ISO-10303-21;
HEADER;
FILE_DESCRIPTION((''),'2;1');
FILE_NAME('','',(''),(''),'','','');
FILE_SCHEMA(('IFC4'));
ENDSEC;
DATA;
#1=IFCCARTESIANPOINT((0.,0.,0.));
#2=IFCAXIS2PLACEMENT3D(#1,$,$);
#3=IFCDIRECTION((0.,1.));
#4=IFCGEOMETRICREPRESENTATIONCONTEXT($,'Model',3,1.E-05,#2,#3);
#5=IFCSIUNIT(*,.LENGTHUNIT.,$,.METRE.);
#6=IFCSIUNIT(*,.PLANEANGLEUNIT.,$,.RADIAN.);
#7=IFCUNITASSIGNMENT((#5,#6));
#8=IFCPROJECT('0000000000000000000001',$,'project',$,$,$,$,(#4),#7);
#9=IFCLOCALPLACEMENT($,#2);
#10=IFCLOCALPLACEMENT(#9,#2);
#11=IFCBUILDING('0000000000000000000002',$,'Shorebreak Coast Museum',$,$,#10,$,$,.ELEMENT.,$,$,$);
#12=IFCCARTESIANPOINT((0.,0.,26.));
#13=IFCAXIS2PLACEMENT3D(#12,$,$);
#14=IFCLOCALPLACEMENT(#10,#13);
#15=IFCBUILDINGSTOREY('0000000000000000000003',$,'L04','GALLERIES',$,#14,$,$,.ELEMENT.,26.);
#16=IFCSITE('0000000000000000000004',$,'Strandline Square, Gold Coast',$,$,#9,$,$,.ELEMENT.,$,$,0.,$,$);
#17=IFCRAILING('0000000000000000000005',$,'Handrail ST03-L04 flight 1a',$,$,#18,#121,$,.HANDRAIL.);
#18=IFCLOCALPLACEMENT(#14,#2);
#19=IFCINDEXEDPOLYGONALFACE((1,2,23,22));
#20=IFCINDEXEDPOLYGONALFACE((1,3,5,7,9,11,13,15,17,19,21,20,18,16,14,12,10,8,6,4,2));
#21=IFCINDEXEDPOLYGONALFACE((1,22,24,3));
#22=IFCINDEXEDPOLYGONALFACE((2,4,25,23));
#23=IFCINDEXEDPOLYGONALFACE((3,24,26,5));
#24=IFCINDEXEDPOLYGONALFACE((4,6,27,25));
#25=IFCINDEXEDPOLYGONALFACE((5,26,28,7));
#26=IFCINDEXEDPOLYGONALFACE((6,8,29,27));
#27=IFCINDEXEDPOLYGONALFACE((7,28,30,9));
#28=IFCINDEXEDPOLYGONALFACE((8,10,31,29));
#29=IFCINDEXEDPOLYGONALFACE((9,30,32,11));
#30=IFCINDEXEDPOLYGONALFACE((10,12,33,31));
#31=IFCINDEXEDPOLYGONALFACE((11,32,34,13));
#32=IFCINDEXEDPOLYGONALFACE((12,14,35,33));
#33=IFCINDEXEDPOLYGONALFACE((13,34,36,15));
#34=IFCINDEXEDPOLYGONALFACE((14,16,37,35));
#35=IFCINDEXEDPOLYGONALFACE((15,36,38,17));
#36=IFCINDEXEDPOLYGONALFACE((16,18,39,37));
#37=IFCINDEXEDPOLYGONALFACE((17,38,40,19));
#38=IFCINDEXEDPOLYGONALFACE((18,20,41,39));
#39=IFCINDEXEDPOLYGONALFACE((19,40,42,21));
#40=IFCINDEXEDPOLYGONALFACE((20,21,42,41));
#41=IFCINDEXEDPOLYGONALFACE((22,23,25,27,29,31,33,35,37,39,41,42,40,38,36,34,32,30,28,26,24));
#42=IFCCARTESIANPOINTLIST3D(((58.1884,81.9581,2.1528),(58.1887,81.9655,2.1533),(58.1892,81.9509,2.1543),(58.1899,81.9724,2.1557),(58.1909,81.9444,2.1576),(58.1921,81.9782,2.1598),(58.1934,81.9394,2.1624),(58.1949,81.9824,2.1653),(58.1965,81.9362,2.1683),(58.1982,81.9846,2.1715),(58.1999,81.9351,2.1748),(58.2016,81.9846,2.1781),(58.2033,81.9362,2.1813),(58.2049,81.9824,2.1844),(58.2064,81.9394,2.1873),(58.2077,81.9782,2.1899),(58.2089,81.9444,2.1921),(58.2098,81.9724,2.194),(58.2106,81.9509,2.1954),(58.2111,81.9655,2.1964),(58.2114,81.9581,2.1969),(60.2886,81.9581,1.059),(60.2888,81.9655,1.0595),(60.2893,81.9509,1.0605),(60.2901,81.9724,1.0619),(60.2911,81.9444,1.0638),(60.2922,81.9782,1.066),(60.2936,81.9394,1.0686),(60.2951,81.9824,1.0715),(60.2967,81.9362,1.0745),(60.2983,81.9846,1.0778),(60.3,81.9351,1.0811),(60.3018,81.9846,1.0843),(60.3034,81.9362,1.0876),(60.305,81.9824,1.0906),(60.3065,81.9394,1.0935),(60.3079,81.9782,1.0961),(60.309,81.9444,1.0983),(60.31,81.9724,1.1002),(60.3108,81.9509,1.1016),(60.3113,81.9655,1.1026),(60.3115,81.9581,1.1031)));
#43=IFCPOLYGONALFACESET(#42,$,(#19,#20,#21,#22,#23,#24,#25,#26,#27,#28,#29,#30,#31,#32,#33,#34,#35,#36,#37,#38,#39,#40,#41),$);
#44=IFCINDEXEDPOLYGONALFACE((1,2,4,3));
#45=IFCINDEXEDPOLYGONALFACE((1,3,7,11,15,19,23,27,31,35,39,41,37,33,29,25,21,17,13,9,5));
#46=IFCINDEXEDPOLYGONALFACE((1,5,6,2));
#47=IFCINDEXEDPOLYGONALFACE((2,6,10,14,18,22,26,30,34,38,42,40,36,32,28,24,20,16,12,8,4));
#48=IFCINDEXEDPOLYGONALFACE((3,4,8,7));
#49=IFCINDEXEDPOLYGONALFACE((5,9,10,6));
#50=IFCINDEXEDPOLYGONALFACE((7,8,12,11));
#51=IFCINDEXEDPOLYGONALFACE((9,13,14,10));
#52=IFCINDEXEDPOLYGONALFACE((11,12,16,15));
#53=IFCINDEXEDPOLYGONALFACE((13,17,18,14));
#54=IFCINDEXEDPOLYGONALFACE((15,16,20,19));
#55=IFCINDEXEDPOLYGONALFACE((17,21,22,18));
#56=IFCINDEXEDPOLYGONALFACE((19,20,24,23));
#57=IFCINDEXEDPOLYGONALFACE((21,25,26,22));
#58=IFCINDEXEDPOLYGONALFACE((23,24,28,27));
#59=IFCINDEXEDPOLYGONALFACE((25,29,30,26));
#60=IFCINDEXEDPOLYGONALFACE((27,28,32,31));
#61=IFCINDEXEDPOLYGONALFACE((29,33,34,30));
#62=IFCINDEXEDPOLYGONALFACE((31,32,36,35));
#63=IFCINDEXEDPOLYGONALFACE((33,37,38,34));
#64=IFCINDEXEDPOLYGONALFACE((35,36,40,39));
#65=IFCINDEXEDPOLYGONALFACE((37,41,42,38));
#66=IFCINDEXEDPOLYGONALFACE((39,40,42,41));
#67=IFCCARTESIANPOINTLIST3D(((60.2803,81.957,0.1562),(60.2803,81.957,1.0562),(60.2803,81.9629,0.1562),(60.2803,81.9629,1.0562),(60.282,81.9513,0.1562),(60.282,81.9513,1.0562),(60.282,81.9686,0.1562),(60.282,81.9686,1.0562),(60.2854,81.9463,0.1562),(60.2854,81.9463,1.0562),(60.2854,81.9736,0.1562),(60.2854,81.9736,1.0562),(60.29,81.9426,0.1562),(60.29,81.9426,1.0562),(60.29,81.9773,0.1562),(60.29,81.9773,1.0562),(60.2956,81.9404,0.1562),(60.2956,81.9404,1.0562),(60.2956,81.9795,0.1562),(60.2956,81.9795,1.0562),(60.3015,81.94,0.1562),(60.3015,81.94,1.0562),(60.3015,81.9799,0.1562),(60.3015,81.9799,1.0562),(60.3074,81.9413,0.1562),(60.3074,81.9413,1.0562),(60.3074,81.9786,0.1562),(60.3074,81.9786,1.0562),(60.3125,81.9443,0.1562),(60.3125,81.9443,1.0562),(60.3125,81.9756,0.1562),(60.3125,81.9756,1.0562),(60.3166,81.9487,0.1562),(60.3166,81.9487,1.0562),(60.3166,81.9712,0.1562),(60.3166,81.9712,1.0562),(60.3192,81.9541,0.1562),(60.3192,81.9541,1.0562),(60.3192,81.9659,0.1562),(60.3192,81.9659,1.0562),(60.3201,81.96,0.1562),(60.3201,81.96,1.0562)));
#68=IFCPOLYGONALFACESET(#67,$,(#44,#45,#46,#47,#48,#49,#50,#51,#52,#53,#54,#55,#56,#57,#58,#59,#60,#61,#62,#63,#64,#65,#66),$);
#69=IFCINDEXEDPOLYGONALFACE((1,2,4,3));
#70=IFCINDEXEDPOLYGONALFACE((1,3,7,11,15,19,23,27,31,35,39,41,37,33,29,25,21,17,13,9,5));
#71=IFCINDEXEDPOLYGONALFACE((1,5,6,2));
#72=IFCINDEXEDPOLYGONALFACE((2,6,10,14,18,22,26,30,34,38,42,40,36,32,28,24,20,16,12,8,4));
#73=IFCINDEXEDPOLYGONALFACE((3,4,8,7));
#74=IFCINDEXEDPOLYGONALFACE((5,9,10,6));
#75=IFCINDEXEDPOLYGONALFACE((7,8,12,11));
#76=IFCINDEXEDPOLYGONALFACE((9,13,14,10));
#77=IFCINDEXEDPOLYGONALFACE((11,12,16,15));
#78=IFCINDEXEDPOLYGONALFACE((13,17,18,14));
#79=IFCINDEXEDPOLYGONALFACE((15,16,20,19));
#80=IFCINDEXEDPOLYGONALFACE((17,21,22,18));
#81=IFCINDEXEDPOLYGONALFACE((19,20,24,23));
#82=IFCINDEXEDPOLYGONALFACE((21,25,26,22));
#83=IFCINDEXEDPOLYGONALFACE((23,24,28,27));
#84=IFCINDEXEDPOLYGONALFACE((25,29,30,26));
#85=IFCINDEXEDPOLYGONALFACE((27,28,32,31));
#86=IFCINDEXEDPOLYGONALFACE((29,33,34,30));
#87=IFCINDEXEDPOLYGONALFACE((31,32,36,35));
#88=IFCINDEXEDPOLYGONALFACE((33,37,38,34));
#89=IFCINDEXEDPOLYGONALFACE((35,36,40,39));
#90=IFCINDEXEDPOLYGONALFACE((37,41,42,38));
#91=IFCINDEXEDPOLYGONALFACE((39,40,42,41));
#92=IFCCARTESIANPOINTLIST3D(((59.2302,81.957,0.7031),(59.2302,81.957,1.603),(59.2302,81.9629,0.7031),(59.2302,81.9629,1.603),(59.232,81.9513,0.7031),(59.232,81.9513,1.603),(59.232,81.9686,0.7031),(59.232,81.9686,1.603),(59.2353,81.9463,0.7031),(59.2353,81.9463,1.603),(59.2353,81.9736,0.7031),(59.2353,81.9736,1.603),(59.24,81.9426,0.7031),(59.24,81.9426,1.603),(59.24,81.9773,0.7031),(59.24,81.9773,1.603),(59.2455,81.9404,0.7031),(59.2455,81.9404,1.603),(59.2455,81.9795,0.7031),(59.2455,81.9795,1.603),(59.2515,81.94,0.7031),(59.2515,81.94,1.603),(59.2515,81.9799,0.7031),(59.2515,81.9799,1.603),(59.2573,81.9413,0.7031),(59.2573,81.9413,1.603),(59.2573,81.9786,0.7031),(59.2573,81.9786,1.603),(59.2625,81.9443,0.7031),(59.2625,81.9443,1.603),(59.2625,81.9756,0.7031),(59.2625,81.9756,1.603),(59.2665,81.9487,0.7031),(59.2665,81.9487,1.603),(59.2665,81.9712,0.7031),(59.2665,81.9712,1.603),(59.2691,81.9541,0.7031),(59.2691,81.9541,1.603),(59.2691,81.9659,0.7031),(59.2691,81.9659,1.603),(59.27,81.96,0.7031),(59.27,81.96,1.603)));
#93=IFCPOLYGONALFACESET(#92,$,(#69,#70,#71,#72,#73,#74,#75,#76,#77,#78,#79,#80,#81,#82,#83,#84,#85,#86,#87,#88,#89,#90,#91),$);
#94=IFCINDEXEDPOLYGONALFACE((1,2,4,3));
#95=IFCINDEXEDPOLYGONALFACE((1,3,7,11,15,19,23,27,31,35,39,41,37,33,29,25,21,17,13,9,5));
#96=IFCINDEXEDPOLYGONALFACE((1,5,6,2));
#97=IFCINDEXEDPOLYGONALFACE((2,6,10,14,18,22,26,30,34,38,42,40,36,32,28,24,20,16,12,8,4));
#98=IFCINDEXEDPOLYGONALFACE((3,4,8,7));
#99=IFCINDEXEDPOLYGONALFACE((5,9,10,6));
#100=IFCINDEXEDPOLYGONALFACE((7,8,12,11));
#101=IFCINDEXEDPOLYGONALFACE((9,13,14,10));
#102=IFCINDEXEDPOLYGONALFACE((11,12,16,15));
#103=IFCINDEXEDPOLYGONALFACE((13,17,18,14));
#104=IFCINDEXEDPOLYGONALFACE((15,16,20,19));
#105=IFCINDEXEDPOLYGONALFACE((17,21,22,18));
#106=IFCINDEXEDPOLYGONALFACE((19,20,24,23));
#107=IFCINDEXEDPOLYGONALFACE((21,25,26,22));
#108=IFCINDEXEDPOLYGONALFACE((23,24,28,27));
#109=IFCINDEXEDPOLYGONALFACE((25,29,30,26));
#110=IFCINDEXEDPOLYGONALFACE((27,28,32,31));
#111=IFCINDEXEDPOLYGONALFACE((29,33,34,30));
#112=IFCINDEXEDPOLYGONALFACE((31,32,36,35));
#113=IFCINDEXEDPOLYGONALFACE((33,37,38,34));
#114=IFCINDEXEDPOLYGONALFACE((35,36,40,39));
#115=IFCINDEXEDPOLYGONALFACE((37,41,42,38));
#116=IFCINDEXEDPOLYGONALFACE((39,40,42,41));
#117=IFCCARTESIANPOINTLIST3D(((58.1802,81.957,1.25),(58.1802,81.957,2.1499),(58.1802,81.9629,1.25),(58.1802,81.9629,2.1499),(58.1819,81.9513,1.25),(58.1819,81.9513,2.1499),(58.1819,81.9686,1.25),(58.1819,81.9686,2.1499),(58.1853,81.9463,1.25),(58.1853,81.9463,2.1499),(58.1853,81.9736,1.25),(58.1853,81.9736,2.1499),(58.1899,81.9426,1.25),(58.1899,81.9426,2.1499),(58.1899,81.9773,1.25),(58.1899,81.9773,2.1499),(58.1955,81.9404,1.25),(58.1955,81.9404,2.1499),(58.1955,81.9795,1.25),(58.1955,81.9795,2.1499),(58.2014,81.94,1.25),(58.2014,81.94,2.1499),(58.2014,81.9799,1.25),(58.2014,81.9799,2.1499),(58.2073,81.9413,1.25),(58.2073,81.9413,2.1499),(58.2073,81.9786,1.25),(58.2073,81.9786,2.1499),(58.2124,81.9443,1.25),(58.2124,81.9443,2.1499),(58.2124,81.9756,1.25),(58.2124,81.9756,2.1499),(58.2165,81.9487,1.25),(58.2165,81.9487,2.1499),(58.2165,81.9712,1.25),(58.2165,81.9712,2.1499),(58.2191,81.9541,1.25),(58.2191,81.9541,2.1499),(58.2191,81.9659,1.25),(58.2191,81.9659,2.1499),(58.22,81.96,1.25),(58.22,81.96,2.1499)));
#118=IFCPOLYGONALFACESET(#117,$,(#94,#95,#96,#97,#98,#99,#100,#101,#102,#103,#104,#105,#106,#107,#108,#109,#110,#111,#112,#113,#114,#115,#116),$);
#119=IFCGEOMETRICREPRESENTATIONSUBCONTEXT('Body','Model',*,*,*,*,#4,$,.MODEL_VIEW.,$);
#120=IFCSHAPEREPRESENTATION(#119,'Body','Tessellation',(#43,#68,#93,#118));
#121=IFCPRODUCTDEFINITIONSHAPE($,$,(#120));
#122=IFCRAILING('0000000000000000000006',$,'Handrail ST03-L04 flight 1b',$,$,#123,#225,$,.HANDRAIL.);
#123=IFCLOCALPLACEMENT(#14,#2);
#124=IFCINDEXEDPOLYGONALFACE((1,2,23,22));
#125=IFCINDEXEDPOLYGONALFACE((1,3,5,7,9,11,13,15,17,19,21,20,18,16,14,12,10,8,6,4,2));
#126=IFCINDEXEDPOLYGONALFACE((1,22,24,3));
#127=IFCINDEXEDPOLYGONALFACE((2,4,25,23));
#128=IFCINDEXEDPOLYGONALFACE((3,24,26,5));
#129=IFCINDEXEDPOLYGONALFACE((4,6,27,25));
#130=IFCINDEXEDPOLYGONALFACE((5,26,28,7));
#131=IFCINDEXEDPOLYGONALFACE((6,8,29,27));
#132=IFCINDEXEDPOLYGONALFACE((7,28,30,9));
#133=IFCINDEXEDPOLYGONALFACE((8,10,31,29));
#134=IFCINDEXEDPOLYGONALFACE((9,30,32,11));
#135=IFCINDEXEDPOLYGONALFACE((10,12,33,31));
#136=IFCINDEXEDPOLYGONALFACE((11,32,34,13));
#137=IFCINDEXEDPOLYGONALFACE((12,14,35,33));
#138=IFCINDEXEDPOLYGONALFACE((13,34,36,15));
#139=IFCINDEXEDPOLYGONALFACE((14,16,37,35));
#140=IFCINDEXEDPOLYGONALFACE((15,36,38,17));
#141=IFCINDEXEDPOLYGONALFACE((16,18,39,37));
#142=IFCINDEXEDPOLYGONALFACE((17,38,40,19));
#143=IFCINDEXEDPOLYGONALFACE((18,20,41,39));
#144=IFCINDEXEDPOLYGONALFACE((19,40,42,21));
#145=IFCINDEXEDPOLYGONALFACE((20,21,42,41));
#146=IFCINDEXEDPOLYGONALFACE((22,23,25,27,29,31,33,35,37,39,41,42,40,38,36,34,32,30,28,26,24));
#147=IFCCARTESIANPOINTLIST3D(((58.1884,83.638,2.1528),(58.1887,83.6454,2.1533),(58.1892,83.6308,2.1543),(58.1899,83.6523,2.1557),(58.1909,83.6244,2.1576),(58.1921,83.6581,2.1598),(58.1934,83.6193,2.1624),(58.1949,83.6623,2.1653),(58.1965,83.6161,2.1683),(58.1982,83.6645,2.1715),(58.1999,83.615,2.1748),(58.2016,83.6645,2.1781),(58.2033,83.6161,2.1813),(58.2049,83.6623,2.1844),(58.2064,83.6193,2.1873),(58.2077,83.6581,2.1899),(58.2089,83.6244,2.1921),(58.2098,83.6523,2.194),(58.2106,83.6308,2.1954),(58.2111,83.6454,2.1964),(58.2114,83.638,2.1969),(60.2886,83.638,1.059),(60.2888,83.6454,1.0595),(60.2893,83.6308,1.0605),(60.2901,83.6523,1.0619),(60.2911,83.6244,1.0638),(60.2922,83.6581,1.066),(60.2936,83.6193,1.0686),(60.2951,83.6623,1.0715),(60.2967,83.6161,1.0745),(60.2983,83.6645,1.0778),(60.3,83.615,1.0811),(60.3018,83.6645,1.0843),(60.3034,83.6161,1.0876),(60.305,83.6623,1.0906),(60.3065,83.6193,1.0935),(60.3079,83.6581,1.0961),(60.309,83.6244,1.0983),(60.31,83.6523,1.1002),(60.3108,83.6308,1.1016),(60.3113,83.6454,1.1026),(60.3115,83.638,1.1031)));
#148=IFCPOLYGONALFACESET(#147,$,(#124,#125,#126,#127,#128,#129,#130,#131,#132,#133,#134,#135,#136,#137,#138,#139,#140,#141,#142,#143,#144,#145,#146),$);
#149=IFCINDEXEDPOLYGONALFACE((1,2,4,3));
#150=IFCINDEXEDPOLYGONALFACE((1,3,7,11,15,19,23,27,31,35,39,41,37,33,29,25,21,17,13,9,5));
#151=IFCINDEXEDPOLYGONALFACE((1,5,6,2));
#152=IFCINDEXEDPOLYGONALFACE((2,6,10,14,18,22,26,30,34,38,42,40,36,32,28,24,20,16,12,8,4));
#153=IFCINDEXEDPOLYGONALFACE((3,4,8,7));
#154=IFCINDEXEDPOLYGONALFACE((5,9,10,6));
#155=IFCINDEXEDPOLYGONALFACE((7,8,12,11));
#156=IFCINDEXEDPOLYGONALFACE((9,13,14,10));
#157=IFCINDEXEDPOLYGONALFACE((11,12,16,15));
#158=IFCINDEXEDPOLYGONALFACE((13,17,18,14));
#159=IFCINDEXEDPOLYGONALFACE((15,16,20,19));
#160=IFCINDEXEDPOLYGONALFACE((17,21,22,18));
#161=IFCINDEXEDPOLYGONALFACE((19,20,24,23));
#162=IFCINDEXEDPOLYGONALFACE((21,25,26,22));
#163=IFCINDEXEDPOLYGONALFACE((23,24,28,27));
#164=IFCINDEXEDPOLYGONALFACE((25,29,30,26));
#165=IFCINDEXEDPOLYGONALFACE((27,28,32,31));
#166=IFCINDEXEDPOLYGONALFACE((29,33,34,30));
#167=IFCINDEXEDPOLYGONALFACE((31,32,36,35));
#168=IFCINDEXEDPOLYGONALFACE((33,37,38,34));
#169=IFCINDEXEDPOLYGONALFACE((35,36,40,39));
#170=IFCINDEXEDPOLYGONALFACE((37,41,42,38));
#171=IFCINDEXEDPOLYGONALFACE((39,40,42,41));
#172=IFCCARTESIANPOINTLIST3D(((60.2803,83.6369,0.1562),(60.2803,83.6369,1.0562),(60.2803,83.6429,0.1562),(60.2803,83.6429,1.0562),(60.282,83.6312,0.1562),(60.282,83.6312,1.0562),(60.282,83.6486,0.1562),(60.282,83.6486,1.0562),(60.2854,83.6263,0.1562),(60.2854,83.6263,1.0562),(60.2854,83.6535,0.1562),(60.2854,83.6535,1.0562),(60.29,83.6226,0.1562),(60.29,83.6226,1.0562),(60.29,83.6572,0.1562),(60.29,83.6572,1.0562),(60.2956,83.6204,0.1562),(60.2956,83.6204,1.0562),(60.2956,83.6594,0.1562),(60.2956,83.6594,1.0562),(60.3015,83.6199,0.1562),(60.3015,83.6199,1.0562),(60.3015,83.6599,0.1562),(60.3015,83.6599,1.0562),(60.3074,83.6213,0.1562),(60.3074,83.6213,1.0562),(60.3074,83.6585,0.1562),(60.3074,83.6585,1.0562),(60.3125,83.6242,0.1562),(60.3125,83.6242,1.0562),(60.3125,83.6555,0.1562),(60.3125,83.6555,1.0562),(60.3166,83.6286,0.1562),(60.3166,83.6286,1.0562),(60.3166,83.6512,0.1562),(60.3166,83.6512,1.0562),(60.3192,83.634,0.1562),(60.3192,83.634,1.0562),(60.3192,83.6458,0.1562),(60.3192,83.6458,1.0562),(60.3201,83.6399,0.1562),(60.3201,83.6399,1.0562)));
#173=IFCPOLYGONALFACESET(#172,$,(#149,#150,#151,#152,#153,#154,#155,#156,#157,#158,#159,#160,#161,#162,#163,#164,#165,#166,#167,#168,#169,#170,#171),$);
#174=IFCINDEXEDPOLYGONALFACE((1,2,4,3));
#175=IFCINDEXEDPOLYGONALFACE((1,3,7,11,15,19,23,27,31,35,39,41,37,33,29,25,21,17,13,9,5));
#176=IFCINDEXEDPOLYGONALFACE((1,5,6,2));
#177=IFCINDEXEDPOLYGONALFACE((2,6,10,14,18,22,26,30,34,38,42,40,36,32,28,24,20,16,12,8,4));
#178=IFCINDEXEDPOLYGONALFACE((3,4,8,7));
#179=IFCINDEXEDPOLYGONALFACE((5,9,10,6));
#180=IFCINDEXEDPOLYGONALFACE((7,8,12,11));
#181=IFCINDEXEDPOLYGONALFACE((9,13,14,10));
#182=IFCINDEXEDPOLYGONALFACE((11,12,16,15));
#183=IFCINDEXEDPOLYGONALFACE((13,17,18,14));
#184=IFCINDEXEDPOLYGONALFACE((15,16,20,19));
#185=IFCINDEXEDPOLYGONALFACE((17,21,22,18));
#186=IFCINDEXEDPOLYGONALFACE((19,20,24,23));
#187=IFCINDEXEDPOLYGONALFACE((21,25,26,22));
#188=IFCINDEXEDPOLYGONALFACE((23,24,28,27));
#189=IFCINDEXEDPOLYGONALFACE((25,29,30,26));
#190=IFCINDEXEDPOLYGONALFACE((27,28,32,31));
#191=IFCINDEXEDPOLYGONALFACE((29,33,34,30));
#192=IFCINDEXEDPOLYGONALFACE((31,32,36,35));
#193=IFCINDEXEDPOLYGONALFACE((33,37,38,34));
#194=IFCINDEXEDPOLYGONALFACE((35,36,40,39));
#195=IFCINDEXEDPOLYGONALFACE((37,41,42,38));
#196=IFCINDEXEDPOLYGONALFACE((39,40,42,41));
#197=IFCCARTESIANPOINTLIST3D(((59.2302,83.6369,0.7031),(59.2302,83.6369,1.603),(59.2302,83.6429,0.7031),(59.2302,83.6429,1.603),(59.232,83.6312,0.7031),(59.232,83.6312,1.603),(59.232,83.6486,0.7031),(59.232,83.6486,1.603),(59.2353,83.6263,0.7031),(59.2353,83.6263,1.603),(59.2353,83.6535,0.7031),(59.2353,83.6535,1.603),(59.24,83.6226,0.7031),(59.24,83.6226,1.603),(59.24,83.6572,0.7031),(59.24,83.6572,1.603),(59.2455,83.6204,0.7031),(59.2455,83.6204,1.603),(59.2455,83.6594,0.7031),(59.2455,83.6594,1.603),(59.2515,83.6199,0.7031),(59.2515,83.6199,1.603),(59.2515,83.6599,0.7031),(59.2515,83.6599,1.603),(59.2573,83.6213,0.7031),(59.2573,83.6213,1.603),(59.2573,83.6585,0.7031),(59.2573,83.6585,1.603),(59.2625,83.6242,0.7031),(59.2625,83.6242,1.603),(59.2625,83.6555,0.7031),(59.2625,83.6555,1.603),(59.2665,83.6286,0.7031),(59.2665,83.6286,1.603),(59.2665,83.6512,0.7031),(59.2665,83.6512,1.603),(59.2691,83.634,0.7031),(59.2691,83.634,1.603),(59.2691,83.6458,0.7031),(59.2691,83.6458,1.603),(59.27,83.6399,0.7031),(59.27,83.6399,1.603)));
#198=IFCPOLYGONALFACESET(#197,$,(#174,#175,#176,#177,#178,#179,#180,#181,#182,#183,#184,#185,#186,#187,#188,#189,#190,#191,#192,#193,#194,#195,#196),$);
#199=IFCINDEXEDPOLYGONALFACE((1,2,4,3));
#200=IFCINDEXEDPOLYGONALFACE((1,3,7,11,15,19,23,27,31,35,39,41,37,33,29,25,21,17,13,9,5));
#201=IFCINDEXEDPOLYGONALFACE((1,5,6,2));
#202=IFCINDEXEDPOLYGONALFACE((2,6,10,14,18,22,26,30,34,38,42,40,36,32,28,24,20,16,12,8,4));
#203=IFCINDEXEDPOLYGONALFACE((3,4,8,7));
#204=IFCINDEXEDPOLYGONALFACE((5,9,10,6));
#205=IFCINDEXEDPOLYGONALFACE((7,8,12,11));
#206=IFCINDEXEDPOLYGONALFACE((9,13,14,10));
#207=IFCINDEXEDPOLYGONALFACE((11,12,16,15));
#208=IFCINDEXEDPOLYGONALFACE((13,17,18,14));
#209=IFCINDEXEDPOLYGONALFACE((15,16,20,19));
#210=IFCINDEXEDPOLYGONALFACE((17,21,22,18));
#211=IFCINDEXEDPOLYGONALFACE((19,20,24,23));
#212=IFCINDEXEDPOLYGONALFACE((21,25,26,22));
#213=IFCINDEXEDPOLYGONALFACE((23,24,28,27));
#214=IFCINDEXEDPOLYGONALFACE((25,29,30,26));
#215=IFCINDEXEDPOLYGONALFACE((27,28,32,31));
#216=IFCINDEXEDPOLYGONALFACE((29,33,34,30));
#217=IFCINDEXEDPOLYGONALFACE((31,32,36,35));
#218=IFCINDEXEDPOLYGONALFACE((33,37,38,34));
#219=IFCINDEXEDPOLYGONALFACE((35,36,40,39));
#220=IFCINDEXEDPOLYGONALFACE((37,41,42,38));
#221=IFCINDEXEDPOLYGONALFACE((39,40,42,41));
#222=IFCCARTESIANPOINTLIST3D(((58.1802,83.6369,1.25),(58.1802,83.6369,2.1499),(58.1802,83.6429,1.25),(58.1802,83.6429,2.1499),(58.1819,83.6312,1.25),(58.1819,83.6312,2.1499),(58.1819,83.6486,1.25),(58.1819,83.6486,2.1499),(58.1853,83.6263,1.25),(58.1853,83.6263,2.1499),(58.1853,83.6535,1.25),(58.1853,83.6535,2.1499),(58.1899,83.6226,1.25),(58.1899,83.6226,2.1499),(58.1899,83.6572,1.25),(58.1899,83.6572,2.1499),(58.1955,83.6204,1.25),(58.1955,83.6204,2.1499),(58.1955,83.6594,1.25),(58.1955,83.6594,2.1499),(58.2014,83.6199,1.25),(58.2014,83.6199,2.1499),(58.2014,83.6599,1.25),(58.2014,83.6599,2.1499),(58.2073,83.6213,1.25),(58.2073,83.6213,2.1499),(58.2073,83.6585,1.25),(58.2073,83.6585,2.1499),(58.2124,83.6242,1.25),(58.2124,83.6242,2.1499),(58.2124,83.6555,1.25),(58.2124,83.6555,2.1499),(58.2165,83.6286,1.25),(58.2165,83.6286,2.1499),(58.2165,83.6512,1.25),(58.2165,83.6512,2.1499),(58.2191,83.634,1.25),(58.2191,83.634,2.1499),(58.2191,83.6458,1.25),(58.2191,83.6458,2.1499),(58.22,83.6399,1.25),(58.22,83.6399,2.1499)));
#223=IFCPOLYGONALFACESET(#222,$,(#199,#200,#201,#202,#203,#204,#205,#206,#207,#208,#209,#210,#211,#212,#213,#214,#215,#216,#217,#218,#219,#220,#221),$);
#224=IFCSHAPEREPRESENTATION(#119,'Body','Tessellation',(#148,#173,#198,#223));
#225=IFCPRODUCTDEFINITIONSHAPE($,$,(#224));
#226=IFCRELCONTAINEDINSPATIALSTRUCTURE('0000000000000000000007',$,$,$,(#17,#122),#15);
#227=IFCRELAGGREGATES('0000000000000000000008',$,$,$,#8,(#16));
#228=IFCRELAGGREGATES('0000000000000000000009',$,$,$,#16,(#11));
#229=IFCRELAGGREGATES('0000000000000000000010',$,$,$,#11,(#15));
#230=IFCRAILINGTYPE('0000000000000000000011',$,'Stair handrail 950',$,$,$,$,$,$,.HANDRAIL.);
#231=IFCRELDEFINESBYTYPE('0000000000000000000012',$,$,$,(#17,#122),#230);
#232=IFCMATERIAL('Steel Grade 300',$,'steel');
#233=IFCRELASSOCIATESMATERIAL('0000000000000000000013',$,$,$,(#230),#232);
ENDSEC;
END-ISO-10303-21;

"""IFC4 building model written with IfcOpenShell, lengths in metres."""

from ifc_helpers import new_model, si_unit, direction, frame, origin, origin_2d, place, context, subcontext, project, spatial, circle, extrude, material, type_object, element, save


model = new_model("IFC4")

# Units and contexts
model_context = context("Model", 3, precision=1e-05, world=origin(), true_north=direction((0.0, 1.0)))
body_context = subcontext(model_context, "Body", "Model", "MODEL_VIEW")
ifc_project = project(units=[si_unit("LENGTHUNIT", "METRE"), si_unit("PLANEANGLEUNIT", "RADIAN")], contexts=[model_context])

# Site, building, storey
site_placement = place(None, origin())
site = spatial("IfcSite", under=ifc_project, at=site_placement, Name="Strandline Square, Gold Coast", CompositionType="ELEMENT", RefElevation=0.0)
building_placement = place(site_placement, origin())
building = spatial("IfcBuilding", under=site, at=building_placement, Name="Shorebreak Coast Museum", CompositionType="ELEMENT")
storey_placement = place(building_placement, frame((0.0, 0.0, 26.0)))
storey = spatial("IfcBuildingStorey", under=building, at=storey_placement, Name="L04", Description="GALLERIES", CompositionType="ELEMENT", Elevation=26.0)

# Railings
ifc_material_1 = material(Name="Steel Grade 300", Category="steel")
railing_type_1 = type_object("IfcRailingType", Name="Stair handrail 950", PredefinedType="HANDRAIL", material=ifc_material_1)
for number, where, name in (
    (1, (60.3, 81.96, 0.1562), "Handrail ST03-L04 flight 1a"),
    (2, (60.3, 83.6399, 0.1562), "Handrail ST03-L04 flight 1b"),
):
    element("IfcRailing", number, at=place(storey_placement, frame(where)), inside=storey, type_object=railing_type_1, Name=name, PredefinedType="HANDRAIL", context=body_context, shape_type="SweptSolid", body=[
        extrude(circle(Radius=0.0249, at=origin_2d()), frame((0.0, 0.0, 0.9248), z_axis=(-0.886923, 0.0, 0.461918), x_axis=(0.0, -1.0, 0.0)), (0.0, 0.0, 1.0), 2.3679),
        extrude(circle(Radius=0.02, at=origin_2d()), origin(), (0.0, 0.0, 1.0), 0.8999),
        extrude(circle(Radius=0.02, at=origin_2d()), frame((-1.05, 0.0, 0.5469)), (0.0, 0.0, 1.0), 0.8999),
        extrude(circle(Radius=0.02, at=origin_2d()), frame((-2.1001, 0.0, 1.0938)), (0.0, 0.0, 1.0), 0.8999),
    ])

save(model, "model.ifc")
